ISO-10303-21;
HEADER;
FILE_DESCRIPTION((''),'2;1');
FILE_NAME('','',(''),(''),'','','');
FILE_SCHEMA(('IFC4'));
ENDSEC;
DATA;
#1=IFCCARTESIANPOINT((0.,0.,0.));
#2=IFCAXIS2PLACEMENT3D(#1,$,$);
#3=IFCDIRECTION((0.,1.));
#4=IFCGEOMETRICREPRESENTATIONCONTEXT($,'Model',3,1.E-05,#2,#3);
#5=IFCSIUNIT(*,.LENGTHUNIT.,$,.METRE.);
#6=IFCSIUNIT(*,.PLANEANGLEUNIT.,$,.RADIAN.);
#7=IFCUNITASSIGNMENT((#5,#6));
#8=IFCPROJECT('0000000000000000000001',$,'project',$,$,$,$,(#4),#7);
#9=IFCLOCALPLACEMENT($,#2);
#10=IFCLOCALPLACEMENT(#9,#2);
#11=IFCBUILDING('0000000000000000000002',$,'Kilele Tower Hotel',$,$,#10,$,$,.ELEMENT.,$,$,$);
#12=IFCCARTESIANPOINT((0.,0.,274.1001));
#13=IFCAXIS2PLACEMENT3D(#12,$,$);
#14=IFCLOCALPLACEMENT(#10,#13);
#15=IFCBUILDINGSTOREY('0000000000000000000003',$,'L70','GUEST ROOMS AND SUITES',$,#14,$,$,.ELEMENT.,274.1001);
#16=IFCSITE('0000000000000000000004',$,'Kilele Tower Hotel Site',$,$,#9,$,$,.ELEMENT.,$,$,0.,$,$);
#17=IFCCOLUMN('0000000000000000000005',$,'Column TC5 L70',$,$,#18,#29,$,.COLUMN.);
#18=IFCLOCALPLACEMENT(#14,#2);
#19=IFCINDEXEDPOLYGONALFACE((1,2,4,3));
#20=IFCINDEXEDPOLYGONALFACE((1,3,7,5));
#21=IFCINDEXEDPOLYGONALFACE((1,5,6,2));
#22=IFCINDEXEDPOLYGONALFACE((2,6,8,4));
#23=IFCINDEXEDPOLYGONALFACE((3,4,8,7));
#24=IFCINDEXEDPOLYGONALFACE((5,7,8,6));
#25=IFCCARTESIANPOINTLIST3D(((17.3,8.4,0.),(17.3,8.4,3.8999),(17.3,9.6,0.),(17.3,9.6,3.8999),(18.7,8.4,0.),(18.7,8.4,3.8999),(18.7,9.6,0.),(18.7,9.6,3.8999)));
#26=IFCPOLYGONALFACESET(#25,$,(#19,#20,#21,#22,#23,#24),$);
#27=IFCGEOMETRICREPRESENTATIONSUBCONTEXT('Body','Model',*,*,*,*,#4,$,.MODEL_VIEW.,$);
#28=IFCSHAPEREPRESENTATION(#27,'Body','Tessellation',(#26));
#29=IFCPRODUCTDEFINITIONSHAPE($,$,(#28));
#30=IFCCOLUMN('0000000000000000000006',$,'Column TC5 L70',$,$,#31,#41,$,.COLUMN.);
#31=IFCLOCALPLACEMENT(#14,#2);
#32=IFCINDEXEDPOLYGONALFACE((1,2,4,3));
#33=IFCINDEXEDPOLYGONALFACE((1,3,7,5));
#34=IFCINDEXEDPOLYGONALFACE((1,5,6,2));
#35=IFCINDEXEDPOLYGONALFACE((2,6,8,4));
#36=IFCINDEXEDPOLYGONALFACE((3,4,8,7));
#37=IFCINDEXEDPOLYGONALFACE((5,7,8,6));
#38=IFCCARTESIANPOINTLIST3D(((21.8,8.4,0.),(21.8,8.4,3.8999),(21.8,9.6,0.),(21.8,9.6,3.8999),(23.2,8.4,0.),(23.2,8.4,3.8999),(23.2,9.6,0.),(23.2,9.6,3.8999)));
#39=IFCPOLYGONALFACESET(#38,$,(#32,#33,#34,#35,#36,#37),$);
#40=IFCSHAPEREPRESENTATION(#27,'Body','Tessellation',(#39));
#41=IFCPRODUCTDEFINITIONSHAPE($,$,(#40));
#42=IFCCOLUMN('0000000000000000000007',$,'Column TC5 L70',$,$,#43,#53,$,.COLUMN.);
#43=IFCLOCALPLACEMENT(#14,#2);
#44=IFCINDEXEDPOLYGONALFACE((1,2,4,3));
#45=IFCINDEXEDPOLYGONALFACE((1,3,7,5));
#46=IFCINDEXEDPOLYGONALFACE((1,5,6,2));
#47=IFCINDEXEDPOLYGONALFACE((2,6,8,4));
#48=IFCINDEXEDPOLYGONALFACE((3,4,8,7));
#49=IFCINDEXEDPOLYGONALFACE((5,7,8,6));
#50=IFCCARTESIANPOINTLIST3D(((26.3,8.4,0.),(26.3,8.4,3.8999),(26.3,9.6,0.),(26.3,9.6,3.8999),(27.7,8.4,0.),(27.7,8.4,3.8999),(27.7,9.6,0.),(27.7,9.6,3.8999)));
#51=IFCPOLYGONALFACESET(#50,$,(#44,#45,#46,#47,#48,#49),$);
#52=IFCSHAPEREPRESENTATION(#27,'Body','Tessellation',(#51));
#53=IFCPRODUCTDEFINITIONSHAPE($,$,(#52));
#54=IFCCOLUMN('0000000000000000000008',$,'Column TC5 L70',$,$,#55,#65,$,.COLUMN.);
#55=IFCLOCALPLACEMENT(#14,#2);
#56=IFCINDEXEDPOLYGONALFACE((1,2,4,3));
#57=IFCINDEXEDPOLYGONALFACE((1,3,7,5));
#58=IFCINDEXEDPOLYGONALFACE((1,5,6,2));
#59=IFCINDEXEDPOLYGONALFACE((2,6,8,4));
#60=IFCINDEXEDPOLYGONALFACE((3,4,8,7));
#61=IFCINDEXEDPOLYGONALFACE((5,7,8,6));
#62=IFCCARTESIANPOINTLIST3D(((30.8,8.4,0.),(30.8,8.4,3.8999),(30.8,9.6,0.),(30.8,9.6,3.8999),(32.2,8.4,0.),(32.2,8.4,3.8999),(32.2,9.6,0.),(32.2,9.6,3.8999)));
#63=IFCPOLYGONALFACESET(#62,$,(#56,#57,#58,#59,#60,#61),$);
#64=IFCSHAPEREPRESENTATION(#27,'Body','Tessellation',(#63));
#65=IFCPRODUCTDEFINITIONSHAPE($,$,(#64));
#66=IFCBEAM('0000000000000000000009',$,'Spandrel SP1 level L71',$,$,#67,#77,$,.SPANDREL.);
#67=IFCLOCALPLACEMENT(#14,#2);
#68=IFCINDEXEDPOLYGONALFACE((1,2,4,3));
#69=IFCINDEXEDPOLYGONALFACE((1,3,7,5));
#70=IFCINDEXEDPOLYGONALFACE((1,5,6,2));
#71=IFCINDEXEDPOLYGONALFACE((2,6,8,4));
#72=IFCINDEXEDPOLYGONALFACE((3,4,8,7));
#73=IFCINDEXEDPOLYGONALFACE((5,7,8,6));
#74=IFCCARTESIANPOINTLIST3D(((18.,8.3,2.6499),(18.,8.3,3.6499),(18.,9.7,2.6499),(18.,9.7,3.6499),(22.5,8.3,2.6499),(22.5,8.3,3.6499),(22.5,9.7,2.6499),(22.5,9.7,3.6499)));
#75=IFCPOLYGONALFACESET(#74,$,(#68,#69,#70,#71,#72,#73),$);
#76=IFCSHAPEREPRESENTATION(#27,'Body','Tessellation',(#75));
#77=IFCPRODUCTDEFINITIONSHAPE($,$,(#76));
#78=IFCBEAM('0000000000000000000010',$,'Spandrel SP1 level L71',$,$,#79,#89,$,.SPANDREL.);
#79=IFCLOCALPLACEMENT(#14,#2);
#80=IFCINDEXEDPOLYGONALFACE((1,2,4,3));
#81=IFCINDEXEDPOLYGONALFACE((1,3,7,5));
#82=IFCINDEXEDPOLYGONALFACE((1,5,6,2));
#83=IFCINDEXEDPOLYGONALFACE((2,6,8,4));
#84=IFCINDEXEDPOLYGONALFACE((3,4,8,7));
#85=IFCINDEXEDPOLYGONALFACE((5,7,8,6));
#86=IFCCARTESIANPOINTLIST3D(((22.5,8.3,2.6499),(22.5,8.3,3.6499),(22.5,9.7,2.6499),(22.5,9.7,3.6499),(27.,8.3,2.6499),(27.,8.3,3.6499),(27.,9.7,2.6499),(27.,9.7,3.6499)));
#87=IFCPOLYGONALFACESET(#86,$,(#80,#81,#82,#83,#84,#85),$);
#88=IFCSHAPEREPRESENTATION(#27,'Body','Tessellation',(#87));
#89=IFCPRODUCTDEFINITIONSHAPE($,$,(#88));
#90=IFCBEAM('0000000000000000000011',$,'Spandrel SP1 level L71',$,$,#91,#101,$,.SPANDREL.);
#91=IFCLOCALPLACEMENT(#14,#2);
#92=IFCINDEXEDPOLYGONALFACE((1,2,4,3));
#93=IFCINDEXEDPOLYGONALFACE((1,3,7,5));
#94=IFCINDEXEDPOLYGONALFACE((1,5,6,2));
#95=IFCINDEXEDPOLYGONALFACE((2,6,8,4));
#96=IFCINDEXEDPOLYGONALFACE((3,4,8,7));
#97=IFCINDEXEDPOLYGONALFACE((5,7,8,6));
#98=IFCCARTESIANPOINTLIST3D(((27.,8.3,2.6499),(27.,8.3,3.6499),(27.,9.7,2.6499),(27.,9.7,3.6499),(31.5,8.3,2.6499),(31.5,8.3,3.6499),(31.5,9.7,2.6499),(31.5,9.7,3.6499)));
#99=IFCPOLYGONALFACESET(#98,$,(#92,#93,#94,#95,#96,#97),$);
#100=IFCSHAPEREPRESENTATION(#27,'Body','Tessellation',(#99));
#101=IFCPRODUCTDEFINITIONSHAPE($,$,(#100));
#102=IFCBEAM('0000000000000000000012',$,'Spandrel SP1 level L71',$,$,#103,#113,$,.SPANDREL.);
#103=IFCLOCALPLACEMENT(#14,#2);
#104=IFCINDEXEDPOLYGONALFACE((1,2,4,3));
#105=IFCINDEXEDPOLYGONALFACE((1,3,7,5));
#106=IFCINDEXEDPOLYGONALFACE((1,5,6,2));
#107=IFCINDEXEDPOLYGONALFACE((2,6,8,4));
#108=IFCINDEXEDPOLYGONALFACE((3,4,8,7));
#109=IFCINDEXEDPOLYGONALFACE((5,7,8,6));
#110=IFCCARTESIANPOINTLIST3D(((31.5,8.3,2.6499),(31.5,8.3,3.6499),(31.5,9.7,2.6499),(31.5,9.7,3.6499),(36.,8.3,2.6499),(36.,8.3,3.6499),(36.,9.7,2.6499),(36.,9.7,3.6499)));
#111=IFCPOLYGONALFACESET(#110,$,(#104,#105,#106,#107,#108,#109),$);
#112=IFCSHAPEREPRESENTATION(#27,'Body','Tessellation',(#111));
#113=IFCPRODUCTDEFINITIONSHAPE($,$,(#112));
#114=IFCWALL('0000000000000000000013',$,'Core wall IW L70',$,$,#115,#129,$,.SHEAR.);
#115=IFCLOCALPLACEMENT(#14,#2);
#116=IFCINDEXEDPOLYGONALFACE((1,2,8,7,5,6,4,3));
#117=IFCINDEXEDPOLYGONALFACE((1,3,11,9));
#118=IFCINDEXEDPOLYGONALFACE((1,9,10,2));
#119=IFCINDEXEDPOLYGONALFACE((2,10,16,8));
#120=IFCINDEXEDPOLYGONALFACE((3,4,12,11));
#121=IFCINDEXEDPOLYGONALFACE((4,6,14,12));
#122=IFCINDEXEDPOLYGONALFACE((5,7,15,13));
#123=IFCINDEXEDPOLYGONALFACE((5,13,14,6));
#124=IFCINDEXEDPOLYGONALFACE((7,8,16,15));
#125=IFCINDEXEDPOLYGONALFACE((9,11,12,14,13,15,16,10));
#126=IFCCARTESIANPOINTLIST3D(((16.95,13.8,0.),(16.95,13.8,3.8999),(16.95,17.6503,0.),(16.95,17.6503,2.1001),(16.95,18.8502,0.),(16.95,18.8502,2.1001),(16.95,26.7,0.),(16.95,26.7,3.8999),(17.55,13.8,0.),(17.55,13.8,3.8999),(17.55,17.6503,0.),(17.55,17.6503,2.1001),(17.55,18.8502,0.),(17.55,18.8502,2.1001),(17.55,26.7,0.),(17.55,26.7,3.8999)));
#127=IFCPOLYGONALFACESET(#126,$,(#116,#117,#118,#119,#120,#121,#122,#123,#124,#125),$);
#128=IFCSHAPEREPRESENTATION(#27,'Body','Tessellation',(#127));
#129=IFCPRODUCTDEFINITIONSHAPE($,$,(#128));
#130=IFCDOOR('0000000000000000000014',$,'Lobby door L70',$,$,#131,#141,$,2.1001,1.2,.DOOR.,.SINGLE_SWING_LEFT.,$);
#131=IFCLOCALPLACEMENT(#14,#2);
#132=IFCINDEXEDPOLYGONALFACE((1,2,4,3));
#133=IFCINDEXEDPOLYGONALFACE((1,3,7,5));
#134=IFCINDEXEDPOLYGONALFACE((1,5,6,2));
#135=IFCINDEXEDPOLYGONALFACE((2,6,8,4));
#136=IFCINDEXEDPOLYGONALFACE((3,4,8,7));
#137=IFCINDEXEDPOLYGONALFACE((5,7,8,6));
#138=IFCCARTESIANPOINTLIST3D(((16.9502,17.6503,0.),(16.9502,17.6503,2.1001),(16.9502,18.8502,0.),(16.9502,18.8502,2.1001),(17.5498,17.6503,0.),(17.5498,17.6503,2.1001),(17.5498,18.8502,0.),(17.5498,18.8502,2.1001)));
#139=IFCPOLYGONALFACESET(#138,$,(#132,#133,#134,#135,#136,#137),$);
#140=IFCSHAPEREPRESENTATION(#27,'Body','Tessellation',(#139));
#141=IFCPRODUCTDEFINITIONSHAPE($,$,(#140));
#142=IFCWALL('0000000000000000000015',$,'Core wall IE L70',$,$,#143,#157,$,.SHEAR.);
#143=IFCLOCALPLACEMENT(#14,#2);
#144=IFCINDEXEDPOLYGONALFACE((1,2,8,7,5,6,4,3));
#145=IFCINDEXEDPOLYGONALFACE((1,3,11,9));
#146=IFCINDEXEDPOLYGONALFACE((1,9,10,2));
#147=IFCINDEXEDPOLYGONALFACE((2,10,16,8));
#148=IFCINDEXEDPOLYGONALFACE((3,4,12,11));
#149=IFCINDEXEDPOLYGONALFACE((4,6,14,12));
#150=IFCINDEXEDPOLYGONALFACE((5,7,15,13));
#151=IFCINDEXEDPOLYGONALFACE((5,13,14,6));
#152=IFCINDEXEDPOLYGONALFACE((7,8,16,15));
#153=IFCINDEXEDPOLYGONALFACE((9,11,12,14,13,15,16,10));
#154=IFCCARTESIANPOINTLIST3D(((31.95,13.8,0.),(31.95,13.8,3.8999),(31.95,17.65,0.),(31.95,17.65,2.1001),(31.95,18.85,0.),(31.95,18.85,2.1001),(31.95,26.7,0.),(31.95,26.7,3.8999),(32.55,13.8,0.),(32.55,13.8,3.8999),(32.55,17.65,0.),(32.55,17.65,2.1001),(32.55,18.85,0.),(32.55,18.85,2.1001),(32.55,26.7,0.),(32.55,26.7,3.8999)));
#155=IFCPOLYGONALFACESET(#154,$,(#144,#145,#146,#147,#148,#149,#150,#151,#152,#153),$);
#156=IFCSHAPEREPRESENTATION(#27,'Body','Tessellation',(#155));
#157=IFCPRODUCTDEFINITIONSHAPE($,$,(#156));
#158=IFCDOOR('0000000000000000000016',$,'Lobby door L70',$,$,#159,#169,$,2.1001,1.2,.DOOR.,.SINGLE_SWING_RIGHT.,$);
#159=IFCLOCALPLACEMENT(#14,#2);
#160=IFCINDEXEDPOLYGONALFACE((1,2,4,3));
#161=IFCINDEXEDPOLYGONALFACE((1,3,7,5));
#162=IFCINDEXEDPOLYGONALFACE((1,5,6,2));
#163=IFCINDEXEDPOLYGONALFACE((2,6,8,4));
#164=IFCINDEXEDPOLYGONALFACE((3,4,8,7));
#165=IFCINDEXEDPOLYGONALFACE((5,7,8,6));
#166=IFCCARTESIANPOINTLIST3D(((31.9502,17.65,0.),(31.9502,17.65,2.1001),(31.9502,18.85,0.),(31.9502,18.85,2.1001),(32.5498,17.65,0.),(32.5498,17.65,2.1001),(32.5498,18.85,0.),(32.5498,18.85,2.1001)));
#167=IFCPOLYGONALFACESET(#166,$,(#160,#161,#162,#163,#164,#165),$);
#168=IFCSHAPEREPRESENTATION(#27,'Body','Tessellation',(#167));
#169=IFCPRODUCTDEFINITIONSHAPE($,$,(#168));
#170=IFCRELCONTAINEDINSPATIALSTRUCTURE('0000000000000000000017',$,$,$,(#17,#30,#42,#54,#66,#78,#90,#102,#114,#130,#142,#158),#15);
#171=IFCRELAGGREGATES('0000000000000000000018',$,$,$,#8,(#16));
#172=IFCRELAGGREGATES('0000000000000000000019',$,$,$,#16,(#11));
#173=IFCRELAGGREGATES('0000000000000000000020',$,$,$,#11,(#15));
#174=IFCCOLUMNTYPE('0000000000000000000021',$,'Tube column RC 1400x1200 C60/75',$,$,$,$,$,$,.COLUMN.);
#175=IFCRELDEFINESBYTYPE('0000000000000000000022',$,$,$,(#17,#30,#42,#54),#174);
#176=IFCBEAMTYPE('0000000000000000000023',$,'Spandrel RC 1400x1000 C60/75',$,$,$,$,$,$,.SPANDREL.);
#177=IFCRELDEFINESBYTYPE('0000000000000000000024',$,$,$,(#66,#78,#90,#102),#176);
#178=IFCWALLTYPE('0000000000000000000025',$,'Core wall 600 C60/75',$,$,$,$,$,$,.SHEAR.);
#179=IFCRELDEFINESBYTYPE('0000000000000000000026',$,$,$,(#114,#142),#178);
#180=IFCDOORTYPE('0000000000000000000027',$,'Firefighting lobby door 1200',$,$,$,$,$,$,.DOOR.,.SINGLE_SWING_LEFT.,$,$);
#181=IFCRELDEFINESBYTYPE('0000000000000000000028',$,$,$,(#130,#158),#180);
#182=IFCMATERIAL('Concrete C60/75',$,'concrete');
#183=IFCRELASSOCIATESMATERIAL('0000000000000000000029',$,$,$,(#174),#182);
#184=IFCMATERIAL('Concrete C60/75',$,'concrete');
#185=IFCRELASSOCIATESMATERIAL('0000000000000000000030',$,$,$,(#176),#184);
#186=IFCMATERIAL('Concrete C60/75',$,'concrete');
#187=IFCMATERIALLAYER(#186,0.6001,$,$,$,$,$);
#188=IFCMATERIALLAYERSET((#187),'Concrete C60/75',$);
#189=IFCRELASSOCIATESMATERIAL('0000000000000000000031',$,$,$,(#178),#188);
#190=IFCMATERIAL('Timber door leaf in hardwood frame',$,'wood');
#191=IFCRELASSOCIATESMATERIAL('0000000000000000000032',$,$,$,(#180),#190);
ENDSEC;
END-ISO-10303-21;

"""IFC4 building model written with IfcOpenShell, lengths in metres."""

from ifc_helpers import new_model, si_unit, direction, frame, frame_2d, origin, origin_2d, place, context, subcontext, project, spatial, rectangle, extrude, material, layer, layer_set, material_profile, profile_set, type_object, element, fill, save


model = new_model("IFC4")

# Units and contexts
model_context = context("Model", 3, precision=1e-05, world=origin(), true_north=direction((0.0, 1.0)))
body_context = subcontext(model_context, "Body", "Model", "MODEL_VIEW")
ifc_project = project(units=[si_unit("LENGTHUNIT", "METRE"), si_unit("PLANEANGLEUNIT", "RADIAN")], contexts=[model_context])

# Site, building, storey
site_placement = place(None, origin())
site = spatial("IfcSite", under=ifc_project, at=site_placement, Name="Kilele Tower Hotel Site", CompositionType="ELEMENT", RefElevation=0.0)
building_placement = place(site_placement, origin())
building = spatial("IfcBuilding", under=site, at=building_placement, Name="Kilele Tower Hotel", CompositionType="ELEMENT")
storey_placement = place(building_placement, frame((0.0, 0.0, 274.1001)))
storey = spatial("IfcBuildingStorey", under=building, at=storey_placement, Name="L70", Description="GUEST ROOMS AND SUITES", CompositionType="ELEMENT", Elevation=274.1001)

# Columns
ifc_material_1 = material(Name="Concrete C60/75", Category="concrete")
ifc_material_profile_1 = material_profile(ifc_material_1, rectangle(XDim=1.3999, YDim=1.2, at=origin_2d()))
ifc_profile_set_1 = profile_set([ifc_material_profile_1], Name="Concrete C60/75")
column_type = type_object("IfcColumnType", Name="Tube column RC 1400x1200 C60/75", PredefinedType="COLUMN", material=ifc_profile_set_1)
for number, where, z_axis, x_axis, name in (
    (1, (18.0, 9.0, 0.0), (0.0, 0.0, 1.0), (1.0, 0.0, 0.0), "Column TC5 L70"),
    (2, (22.5, 9.0, 0.0), (0.0, 0.0, 1.0), (1.0, 0.0, 0.0), "Column TC5 L70"),
    (3, (27.0, 9.0, 0.0), (0.0, 0.0, 1.0), (1.0, 0.0, 0.0), "Column TC5 L70"),
    (4, (31.5, 9.0, 0.0), (0.0, 0.0, 1.0), (1.0, 0.0, 0.0), "Column TC5 L70"),
):
    element("IfcColumn", number, at=place(storey_placement, frame(where, z_axis=z_axis, x_axis=x_axis)), inside=storey, type_object=column_type, Name=name, PredefinedType="COLUMN", context=body_context, shape_type="SweptSolid", body=[
        extrude(rectangle(XDim=1.3999, YDim=1.2, at=origin_2d()), origin(), (0.0, 0.0, 1.0), 3.8999),
    ])

# Beams
ifc_material_2 = material(Name="Concrete C60/75", Category="concrete")
ifc_material_profile_2 = material_profile(ifc_material_2, rectangle(XDim=1.3999, YDim=1.0, at=origin_2d()))
ifc_profile_set_2 = profile_set([ifc_material_profile_2], Name="Concrete C60/75")
beam_type = type_object("IfcBeamType", Name="Spandrel RC 1400x1000 C60/75", PredefinedType="SPANDREL", material=ifc_profile_set_2)
for number, where, z_axis, x_axis, name in (
    (5, (18.0, 9.0, 3.1499), (1.0, 0.0, 0.0), (0.0, 1.0, 0.0), "Spandrel SP1 level L71"),
    (6, (22.5, 9.0, 3.1499), (1.0, 0.0, 0.0), (0.0, 1.0, 0.0), "Spandrel SP1 level L71"),
    (7, (27.0, 9.0, 3.1499), (1.0, 0.0, 0.0), (0.0, 1.0, 0.0), "Spandrel SP1 level L71"),
    (8, (31.5, 9.0, 3.1499), (1.0, 0.0, 0.0), (0.0, 1.0, 0.0), "Spandrel SP1 level L71"),
):
    element("IfcBeam", number, at=place(storey_placement, frame(where, z_axis=z_axis, x_axis=x_axis)), inside=storey, type_object=beam_type, Name=name, PredefinedType="SPANDREL", context=body_context, shape_type="SweptSolid", body=[
        extrude(rectangle(XDim=1.3999, YDim=1.0, at=origin_2d()), origin(), (0.0, 0.0, 1.0), 4.5),
    ])

# Walls, openings, doors
ifc_material_3 = material(Name="Concrete C60/75", Category="concrete")
ifc_layer_1 = layer(ifc_material_3, 0.6001)
ifc_layer_set_1 = layer_set([ifc_layer_1], Name="Concrete C60/75")
wall_type_1 = type_object("IfcWallType", Name="Core wall 600 C60/75", PredefinedType="SHEAR", material=ifc_layer_set_1)
wall_1_placement = place(storey_placement, frame((17.25, 13.8, 0.0), z_axis=(0.0, 0.0, 1.0), x_axis=(0.0, 1.0, 0.0)))
wall_1 = element("IfcWall", 9, at=wall_1_placement, inside=storey, type_object=wall_type_1, Name="Core wall IW L70", PredefinedType="SHEAR", context=body_context, shape_type="SweptSolid", body=[
    extrude(rectangle(XDim=12.8999, YDim=0.6001, at=frame_2d((6.45, 0.0))), origin(), (0.0, 0.0, 1.0), 3.8999),
])
opening_1_placement = place(wall_1_placement, frame((3.8501, 0.0, 0.0)))
opening_1 = element("IfcOpeningElement", 10, at=opening_1_placement, cuts=wall_1, PredefinedType="OPENING", context=body_context, shape_type="SweptSolid", body=[
    extrude(rectangle(XDim=1.2, YDim=2.1001, at=frame_2d((0.6001, 1.05))), frame((0.0, 0.3101, 0.0), z_axis=(0.0, -1.0, 0.0), x_axis=(1.0, 0.0, 0.0)), (0.0, 0.0, 1.0), 0.6201),
])
ifc_material_4 = material(Name="Timber door leaf in hardwood frame", Category="wood")
door_type_1 = type_object("IfcDoorType", Name="Firefighting lobby door 1200", OperationType="SINGLE_SWING_LEFT", PredefinedType="DOOR", material=ifc_material_4)
door_1_placement = place(opening_1_placement, origin())
door_1 = element("IfcDoor", 11, at=door_1_placement, inside=storey, type_object=door_type_1, Name="Lobby door L70", OperationType="SINGLE_SWING_LEFT", OverallHeight=2.1001, OverallWidth=1.2, PredefinedType="DOOR", context=body_context, shape_type="SweptSolid", body=[
    extrude(rectangle(XDim=1.2, YDim=2.1001, at=frame_2d((0.6001, 1.05))), frame((0.0, 0.2998, 0.0), z_axis=(0.0, -1.0, 0.0), x_axis=(1.0, 0.0, 0.0)), (0.0, 0.0, 1.0), 0.5996),
])
fill(opening_1, door_1)
wall_2_placement = place(storey_placement, frame((32.25, 13.8, 0.0), z_axis=(0.0, 0.0, 1.0), x_axis=(0.0, 1.0, 0.0)))
wall_2 = element("IfcWall", 12, at=wall_2_placement, inside=storey, type_object=wall_type_1, Name="Core wall IE L70", PredefinedType="SHEAR", context=body_context, shape_type="SweptSolid", body=[
    extrude(rectangle(XDim=12.8999, YDim=0.6001, at=frame_2d((6.45, 0.0))), origin(), (0.0, 0.0, 1.0), 3.8999),
])
opening_2_placement = place(wall_2_placement, frame((5.05, 0.0, 0.0), z_axis=(0.0, 0.0, 1.0), x_axis=(-1.0, 0.0, 0.0)))
opening_2 = element("IfcOpeningElement", 13, at=opening_2_placement, cuts=wall_2, PredefinedType="OPENING", context=body_context, shape_type="SweptSolid", body=[
    extrude(rectangle(XDim=1.2, YDim=2.1001, at=frame_2d((0.6001, 1.05))), frame((0.0, 0.3101, 0.0), z_axis=(0.0, -1.0, 0.0), x_axis=(1.0, 0.0, 0.0)), (0.0, 0.0, 1.0), 0.6201),
])
door_2_placement = place(opening_2_placement, origin())
door_2 = element("IfcDoor", 14, at=door_2_placement, inside=storey, type_object=door_type_1, Name="Lobby door L70", OperationType="SINGLE_SWING_RIGHT", OverallHeight=2.1001, OverallWidth=1.2, PredefinedType="DOOR", context=body_context, shape_type="SweptSolid", body=[
    extrude(rectangle(XDim=1.2, YDim=2.1001, at=frame_2d((0.6001, 1.05))), frame((0.0, 0.2998, 0.0), z_axis=(0.0, -1.0, 0.0), x_axis=(1.0, 0.0, 0.0)), (0.0, 0.0, 1.0), 0.5996),
])
fill(opening_2, door_2)

save(model, "model.ifc")
